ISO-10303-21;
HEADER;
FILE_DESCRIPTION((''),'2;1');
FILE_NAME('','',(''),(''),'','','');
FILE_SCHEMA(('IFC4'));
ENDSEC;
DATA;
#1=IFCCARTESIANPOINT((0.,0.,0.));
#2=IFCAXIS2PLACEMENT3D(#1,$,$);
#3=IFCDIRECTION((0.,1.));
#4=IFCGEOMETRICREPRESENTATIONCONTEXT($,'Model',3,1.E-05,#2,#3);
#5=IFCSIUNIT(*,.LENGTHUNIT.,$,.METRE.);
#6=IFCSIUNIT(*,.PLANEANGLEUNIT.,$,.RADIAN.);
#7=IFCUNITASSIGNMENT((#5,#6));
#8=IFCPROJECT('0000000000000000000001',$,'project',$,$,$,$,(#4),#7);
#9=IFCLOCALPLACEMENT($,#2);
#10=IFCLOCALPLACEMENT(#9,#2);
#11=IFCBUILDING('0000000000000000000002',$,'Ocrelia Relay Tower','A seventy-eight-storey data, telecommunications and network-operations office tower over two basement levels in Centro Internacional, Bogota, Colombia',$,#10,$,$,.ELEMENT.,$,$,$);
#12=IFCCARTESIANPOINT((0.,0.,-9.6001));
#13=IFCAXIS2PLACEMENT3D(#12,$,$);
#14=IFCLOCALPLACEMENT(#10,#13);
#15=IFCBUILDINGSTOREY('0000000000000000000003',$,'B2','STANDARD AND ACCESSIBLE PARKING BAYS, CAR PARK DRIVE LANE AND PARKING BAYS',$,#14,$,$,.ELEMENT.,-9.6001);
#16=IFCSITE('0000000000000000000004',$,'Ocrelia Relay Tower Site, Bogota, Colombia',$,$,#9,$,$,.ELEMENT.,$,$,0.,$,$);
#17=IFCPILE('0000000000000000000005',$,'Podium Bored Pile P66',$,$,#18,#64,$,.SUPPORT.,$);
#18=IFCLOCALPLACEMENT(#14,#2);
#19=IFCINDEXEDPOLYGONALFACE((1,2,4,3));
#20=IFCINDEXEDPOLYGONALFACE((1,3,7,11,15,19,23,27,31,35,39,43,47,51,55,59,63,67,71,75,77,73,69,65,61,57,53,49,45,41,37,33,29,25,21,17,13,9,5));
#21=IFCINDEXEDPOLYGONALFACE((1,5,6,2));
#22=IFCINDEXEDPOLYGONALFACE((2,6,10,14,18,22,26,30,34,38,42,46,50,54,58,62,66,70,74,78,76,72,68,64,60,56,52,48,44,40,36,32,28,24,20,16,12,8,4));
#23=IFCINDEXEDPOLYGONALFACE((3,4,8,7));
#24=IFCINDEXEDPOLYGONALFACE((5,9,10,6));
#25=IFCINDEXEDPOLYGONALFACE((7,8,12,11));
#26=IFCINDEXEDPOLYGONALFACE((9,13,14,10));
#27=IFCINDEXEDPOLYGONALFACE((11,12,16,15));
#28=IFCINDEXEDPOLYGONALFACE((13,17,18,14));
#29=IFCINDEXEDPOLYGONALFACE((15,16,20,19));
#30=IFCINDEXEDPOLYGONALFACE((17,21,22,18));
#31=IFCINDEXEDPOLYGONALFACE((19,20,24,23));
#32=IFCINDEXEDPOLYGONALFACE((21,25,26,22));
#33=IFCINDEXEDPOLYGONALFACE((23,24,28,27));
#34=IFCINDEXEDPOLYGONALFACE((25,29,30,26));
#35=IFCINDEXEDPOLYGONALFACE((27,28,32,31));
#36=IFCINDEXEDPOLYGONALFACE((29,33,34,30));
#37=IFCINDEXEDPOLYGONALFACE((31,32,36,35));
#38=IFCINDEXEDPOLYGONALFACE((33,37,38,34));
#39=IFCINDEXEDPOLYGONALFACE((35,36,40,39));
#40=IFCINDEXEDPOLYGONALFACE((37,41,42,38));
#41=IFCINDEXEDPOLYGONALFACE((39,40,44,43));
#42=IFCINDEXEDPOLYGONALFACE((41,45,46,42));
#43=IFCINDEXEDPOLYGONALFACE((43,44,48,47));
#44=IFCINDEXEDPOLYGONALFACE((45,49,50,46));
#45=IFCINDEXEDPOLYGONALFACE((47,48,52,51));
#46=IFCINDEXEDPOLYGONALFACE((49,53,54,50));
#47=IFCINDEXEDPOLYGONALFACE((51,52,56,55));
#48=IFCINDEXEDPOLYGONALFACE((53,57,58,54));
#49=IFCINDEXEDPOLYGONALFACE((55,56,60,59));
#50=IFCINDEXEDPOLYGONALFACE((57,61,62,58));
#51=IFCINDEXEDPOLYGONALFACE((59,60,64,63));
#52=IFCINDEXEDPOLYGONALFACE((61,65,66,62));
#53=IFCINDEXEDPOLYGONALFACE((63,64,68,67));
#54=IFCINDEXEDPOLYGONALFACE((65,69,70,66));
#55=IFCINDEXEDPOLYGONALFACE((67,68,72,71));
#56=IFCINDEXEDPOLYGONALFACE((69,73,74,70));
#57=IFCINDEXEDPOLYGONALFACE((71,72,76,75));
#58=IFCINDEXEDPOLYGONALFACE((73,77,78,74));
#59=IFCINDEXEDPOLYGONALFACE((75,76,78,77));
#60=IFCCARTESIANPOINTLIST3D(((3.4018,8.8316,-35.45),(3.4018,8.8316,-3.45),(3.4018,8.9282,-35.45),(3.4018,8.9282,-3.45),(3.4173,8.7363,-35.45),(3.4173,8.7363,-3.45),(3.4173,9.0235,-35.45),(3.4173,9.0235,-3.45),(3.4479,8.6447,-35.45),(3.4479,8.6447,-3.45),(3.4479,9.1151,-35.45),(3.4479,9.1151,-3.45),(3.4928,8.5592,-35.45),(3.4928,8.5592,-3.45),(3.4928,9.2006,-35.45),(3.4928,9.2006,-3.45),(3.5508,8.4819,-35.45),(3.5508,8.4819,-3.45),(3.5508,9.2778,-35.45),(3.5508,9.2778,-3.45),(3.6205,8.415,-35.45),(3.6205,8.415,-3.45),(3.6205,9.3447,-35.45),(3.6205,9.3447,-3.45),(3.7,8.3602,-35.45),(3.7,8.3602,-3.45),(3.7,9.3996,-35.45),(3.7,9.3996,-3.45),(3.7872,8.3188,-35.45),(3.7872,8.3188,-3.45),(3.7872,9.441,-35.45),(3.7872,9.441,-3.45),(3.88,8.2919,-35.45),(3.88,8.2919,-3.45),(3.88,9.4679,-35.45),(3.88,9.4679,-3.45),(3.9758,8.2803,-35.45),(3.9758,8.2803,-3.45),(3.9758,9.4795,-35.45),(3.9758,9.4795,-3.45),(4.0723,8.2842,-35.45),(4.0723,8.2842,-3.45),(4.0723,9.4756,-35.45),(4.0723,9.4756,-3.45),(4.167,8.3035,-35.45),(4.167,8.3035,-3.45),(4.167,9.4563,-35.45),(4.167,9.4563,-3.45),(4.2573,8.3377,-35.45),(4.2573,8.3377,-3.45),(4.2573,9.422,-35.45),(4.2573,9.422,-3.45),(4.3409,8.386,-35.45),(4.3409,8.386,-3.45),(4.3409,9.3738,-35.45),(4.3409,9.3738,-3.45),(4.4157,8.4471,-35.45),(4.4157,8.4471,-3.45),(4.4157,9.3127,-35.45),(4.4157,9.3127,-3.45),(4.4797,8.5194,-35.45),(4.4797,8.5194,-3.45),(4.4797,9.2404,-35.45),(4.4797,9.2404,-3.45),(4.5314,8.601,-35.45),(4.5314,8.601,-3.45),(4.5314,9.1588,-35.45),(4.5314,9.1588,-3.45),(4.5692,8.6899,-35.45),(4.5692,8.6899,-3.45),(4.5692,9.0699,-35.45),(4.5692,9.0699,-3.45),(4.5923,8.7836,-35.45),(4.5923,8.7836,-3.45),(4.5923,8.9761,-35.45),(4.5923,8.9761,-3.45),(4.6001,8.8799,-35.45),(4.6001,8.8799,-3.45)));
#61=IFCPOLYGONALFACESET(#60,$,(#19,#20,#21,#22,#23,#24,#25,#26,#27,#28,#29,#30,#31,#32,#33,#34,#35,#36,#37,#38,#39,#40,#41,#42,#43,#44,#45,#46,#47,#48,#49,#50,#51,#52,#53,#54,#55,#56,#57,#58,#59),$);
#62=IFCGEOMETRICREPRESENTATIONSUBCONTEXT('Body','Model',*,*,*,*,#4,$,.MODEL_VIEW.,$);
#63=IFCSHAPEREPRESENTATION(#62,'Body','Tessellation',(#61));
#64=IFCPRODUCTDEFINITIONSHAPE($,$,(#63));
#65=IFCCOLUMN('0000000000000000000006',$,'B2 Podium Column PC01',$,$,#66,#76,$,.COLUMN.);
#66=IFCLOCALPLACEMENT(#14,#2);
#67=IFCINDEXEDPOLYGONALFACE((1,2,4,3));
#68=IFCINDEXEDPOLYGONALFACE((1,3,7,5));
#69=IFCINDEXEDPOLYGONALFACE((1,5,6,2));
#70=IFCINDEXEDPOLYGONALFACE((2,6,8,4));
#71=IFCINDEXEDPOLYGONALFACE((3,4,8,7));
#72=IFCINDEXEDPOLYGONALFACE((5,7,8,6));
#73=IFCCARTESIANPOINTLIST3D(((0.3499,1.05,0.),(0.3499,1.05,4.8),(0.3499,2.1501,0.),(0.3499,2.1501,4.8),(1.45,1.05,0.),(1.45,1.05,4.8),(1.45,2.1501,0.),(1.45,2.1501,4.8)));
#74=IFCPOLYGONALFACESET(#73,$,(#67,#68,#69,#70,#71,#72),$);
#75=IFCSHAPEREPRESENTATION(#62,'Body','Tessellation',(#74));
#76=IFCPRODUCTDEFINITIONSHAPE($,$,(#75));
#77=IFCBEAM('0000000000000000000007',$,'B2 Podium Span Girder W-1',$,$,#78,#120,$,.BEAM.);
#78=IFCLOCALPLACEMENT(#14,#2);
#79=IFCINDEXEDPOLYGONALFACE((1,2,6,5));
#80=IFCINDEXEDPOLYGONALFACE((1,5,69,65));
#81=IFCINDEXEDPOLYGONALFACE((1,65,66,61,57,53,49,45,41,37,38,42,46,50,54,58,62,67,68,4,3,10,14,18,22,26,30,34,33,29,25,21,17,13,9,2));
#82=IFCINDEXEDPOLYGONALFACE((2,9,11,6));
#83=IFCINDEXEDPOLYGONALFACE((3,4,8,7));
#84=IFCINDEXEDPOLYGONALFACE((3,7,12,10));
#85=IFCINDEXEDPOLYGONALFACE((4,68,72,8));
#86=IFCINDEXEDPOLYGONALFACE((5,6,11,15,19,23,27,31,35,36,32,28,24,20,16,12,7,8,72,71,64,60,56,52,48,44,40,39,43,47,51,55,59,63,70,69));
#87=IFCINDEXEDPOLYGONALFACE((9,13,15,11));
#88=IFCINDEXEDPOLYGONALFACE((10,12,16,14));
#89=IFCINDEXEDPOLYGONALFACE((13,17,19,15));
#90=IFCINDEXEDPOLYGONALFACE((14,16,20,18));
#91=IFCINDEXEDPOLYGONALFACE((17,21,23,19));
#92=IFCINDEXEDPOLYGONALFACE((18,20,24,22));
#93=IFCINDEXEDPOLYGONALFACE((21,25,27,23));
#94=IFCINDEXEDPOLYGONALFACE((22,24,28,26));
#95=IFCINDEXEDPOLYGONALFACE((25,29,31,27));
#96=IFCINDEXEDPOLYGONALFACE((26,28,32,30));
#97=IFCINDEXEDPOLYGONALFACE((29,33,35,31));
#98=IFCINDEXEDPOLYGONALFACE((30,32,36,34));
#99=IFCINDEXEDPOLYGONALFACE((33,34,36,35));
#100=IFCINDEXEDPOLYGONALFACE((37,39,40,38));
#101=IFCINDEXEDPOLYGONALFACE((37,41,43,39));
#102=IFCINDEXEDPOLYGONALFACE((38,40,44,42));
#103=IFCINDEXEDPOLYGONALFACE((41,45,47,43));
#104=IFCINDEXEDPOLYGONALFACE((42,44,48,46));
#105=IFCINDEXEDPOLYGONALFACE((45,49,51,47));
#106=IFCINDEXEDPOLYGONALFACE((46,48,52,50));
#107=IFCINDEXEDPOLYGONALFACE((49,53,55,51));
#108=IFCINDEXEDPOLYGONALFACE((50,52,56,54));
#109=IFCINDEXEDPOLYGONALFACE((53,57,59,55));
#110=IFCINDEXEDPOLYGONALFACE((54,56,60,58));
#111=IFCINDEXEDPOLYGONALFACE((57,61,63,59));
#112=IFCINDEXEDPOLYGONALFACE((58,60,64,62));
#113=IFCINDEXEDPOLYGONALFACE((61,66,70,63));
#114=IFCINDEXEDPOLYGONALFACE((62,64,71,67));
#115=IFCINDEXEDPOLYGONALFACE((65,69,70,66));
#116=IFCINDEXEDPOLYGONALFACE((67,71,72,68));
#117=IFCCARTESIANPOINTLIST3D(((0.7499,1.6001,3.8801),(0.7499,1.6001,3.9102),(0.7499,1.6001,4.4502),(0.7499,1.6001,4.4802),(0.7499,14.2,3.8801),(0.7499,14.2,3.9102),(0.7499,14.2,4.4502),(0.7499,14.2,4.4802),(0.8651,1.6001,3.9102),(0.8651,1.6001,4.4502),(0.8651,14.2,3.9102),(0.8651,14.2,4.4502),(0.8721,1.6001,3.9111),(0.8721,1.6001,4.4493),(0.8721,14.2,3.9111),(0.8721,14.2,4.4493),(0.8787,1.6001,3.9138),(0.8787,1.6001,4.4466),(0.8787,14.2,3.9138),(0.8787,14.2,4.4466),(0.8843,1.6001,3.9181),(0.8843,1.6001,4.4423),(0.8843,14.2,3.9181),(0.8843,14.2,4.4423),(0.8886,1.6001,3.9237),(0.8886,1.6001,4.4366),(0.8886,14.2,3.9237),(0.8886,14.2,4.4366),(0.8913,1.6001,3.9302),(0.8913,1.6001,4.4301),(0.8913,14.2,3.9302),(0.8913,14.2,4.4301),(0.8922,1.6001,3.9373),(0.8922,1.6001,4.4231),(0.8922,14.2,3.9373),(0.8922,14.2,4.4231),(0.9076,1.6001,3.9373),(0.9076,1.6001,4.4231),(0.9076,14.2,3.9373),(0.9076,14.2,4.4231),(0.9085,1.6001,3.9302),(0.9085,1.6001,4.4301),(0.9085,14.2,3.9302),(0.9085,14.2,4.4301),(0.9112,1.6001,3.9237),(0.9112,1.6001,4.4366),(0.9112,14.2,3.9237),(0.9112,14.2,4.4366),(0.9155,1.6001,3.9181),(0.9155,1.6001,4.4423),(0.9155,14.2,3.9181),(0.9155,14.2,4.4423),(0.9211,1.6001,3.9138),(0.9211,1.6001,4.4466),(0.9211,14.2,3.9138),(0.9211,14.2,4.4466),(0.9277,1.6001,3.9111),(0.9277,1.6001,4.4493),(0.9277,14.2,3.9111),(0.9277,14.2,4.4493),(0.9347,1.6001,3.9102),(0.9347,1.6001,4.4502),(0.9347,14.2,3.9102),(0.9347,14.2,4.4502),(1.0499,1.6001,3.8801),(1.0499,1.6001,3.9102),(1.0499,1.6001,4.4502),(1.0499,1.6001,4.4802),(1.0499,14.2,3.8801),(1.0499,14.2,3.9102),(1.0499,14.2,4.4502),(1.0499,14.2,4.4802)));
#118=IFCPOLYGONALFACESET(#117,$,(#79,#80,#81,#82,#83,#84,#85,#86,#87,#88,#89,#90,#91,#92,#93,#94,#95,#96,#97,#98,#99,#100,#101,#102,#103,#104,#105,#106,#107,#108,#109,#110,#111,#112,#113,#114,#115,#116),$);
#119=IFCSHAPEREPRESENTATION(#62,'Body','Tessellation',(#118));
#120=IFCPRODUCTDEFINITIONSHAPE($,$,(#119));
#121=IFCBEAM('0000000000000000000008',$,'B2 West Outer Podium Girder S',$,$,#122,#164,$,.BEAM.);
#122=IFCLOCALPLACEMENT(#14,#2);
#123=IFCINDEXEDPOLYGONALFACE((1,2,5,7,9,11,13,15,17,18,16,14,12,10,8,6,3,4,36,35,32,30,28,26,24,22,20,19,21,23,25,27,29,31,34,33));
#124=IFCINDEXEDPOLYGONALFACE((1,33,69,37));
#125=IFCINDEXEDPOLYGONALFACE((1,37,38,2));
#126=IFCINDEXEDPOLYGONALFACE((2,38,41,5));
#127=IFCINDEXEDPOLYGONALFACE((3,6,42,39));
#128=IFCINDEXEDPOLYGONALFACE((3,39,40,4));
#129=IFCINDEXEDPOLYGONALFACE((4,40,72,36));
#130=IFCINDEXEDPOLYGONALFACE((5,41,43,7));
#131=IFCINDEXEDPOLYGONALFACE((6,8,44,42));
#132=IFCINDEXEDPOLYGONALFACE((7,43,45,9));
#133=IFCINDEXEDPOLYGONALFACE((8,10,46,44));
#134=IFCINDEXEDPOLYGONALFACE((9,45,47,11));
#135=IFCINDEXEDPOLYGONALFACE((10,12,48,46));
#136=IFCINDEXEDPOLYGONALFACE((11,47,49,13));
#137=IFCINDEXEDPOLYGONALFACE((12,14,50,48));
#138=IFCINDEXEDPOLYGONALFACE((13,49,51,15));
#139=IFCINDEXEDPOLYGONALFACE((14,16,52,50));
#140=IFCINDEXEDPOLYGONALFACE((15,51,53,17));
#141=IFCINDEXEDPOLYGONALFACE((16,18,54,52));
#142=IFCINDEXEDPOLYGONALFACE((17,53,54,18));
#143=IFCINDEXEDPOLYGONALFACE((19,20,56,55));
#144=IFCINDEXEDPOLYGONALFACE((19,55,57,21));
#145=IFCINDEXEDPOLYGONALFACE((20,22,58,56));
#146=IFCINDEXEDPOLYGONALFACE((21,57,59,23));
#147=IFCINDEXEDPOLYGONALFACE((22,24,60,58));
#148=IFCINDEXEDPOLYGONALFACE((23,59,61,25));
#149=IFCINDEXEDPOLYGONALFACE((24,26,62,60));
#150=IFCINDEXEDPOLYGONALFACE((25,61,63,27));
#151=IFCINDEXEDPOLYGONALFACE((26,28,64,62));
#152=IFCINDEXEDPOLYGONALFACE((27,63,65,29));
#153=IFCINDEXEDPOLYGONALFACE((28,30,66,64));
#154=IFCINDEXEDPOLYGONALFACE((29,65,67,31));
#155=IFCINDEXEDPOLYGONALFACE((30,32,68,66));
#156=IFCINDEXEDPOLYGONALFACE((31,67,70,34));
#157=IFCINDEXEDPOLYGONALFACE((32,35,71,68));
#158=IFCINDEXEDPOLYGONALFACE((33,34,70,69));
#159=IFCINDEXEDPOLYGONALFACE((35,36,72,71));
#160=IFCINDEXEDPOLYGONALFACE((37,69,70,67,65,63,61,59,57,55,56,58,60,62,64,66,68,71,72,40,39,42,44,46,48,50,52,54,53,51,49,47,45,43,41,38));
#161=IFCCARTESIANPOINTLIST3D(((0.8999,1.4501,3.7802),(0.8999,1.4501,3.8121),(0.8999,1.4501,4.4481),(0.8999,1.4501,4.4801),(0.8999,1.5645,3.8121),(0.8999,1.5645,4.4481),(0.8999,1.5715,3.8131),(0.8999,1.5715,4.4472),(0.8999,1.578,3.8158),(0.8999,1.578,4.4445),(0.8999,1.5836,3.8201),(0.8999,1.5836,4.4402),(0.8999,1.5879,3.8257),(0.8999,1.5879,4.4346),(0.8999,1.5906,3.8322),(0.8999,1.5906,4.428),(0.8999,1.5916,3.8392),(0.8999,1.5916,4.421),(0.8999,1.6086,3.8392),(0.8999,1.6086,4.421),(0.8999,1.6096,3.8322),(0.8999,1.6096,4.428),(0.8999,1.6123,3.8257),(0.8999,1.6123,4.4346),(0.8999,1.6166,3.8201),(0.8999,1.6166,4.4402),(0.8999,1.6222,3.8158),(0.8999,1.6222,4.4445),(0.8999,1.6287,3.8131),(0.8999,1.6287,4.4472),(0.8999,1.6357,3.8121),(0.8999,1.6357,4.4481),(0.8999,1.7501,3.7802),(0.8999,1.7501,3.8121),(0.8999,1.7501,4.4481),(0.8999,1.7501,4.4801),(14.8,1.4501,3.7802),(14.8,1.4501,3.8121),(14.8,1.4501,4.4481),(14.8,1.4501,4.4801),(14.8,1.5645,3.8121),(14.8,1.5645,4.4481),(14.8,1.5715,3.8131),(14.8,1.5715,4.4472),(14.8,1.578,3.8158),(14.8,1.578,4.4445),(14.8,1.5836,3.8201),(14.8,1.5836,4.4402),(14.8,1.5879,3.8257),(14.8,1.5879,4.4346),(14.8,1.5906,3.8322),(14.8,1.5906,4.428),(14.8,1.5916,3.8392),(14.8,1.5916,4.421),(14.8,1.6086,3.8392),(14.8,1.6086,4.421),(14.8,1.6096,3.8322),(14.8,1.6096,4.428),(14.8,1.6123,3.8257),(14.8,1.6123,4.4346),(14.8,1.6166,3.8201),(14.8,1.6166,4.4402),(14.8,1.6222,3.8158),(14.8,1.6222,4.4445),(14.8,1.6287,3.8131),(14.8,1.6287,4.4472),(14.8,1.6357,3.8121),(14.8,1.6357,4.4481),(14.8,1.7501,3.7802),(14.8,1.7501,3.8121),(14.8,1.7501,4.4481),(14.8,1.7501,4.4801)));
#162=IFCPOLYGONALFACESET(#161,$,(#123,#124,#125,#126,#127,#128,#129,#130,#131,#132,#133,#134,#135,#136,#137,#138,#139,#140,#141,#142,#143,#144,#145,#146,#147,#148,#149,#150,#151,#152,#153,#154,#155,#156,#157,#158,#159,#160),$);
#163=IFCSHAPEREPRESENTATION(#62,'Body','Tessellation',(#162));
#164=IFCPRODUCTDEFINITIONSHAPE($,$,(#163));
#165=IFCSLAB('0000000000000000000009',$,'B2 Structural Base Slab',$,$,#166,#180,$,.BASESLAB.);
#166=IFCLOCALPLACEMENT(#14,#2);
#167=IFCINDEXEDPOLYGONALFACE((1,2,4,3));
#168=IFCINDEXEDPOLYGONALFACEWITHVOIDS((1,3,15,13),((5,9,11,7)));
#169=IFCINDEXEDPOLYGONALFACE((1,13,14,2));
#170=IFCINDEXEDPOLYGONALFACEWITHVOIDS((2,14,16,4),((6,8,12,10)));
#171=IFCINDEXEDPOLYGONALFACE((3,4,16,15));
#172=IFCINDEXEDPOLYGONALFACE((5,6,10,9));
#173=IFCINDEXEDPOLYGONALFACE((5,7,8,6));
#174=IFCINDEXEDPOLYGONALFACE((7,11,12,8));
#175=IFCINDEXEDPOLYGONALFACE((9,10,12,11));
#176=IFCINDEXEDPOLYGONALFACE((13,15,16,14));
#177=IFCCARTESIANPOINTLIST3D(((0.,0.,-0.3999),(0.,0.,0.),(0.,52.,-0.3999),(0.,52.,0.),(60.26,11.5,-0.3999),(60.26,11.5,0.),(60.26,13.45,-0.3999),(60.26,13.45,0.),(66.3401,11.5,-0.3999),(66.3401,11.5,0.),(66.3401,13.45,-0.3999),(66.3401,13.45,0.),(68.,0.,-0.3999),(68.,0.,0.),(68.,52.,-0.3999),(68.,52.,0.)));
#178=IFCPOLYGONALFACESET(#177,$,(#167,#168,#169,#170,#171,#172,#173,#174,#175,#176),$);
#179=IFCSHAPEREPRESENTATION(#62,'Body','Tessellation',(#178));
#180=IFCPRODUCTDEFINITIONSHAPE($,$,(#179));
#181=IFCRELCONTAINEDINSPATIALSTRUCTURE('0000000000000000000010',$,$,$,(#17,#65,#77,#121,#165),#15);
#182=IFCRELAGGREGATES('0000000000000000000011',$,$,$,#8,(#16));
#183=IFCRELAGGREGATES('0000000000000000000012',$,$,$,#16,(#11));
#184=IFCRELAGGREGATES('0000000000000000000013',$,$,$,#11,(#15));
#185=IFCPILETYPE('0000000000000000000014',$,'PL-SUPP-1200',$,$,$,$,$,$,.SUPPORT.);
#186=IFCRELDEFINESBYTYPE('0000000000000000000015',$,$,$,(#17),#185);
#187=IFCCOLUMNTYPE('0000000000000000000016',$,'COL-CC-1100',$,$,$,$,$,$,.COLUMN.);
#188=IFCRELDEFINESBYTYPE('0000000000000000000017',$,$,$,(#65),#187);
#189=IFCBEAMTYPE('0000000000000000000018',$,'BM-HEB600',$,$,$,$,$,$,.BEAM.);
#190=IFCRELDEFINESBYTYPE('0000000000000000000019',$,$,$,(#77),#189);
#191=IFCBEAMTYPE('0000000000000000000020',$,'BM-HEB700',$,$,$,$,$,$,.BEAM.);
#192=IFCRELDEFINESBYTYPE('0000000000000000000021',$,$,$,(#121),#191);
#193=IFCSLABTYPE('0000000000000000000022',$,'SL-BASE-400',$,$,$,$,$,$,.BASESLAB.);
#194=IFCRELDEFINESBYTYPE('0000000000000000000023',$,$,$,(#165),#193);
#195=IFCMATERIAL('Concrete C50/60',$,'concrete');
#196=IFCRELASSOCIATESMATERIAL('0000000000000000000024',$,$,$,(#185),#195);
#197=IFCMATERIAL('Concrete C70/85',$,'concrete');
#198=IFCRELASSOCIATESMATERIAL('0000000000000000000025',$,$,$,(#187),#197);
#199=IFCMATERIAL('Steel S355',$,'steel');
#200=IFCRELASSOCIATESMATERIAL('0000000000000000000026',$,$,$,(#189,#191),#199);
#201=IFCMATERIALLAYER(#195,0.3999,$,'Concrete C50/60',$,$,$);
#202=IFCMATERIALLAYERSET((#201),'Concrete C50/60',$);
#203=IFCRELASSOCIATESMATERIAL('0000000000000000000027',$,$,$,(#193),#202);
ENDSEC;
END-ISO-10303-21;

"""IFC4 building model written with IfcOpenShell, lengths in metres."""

from ifc_helpers import new_model, si_unit, direction, frame, origin, origin_2d, place, context, subcontext, project, spatial, polyline, rectangle, circle, i_section, outline, extrude, material, layer, layer_set, material_profile, profile_set, type_object, element, save


model = new_model("IFC4")

# Units and contexts
model_context = context("Model", 3, precision=1e-05, world=origin(), true_north=direction((0.0, 1.0)))
body_context = subcontext(model_context, "Body", "Model", "MODEL_VIEW")
ifc_project = project(units=[si_unit("LENGTHUNIT", "METRE"), si_unit("PLANEANGLEUNIT", "RADIAN")], contexts=[model_context])

# Site, building, storey
site_placement = place(None, origin())
site = spatial("IfcSite", under=ifc_project, at=site_placement, Name="Ocrelia Relay Tower Site, Bogota, Colombia", CompositionType="ELEMENT", RefElevation=0.0)
building_placement = place(site_placement, origin())
building = spatial("IfcBuilding", under=site, at=building_placement, Name="Ocrelia Relay Tower", Description="A seventy-eight-storey data, telecommunications and network-operations office tower over two basement levels in Centro Internacional, Bogota, Colombia", CompositionType="ELEMENT")
storey_placement = place(building_placement, frame((0.0, 0.0, -9.6001)))
storey = spatial("IfcBuildingStorey", under=building, at=storey_placement, Name="B2", Description="STANDARD AND ACCESSIBLE PARKING BAYS, CAR PARK DRIVE LANE AND PARKING BAYS", CompositionType="ELEMENT", Elevation=-9.6001)

# Shared definitions
ifc_material_1 = material(Name="Concrete C50/60", Category="concrete")

# Pile
ifc_material_profile_1 = material_profile(ifc_material_1, circle(Radius=0.6001, at=origin_2d()), Name="PILE-1200")
ifc_profile_set_1 = profile_set([ifc_material_profile_1], Name="Concrete C50/60")
pile_type_1 = type_object("IfcPileType", Name="PL-SUPP-1200", PredefinedType="SUPPORT", material=ifc_profile_set_1)
for number, where, z_axis, x_axis, name in (
    (1, (4.0, 8.8799, -3.45), (0.0, 0.0, -1.0), (1.0, 0.0, 0.0), "Podium Bored Pile P66"),
):
    element("IfcPile", number, at=place(storey_placement, frame(where, z_axis=z_axis, x_axis=x_axis)), inside=storey, type_object=pile_type_1, Name=name, PredefinedType="SUPPORT", context=body_context, shape_type="SweptSolid", body=[
        extrude(circle(Radius=0.6001, at=origin_2d()), origin(), (0.0, 0.0, 1.0), 32.0),
    ])

# Column
ifc_material_2 = material(Name="Concrete C70/85", Category="concrete")
ifc_material_profile_2 = material_profile(ifc_material_2, rectangle(XDim=1.1001, YDim=1.1001, at=origin_2d()), Name="RC-COL-1100x1100")
ifc_profile_set_2 = profile_set([ifc_material_profile_2], Name="Concrete C70/85")
column_type = type_object("IfcColumnType", Name="COL-CC-1100", PredefinedType="COLUMN", material=ifc_profile_set_2)
column_placement = place(storey_placement, frame((0.8999, 1.6001, 0.0), z_axis=(0.0, 0.0, 1.0), x_axis=(1.0, 0.0, 0.0)))
element("IfcColumn", 2, at=column_placement, inside=storey, type_object=column_type, Name="B2 Podium Column PC01", PredefinedType="COLUMN", context=body_context, shape_type="SweptSolid", body=[
    extrude(rectangle(XDim=1.1001, YDim=1.1001, at=origin_2d()), origin(), (0.0, 0.0, 1.0), 4.8),
])

# Beams
ifc_material_3 = material(Name="Steel S355", Category="steel")
ifc_material_profile_3 = material_profile(ifc_material_3, i_section(OverallWidth=0.3, OverallDepth=0.6001, WebThickness=0.0154, FlangeThickness=0.03, FilletRadius=0.0271, at=origin_2d()), Name="HEB 600")
ifc_profile_set_3 = profile_set([ifc_material_profile_3], Name="Steel S355")
beam_type_1 = type_object("IfcBeamType", Name="BM-HEB600", PredefinedType="BEAM", material=ifc_profile_set_3)
beam_1_placement = place(storey_placement, frame((0.8999, 1.6001, 4.1802), z_axis=(0.0, 1.0, 0.0), x_axis=(-1.0, 0.0, 0.0)))
element("IfcBeam", 3, at=beam_1_placement, inside=storey, type_object=beam_type_1, Name="B2 Podium Span Girder W-1", PredefinedType="BEAM", context=body_context, shape_type="SweptSolid", body=[
    extrude(i_section(OverallWidth=0.3, OverallDepth=0.6001, WebThickness=0.0154, FlangeThickness=0.03, FilletRadius=0.0271, at=origin_2d()), origin(), (0.0, 0.0, 1.0), 12.5999),
])
ifc_material_profile_4 = material_profile(ifc_material_3, i_section(OverallWidth=0.3, OverallDepth=0.7, WebThickness=0.0171, FlangeThickness=0.032, FilletRadius=0.0271, at=origin_2d()), Name="HEB 700")
ifc_profile_set_4 = profile_set([ifc_material_profile_4], Name="Steel S355")
beam_type_2 = type_object("IfcBeamType", Name="BM-HEB700", PredefinedType="BEAM", material=ifc_profile_set_4)
beam_2_placement = place(storey_placement, frame((0.8999, 1.6001, 4.1301), z_axis=(1.0, 0.0, 0.0), x_axis=(0.0, 1.0, 0.0)))
element("IfcBeam", 4, at=beam_2_placement, inside=storey, type_object=beam_type_2, Name="B2 West Outer Podium Girder S", PredefinedType="BEAM", context=body_context, shape_type="SweptSolid", body=[
    extrude(i_section(OverallWidth=0.3, OverallDepth=0.7, WebThickness=0.0171, FlangeThickness=0.032, FilletRadius=0.0271, at=origin_2d()), origin(), (0.0, 0.0, 1.0), 13.9001),
])

# Slab
ifc_layer_1 = layer(ifc_material_1, 0.3999, Name="Concrete C50/60")
ifc_layer_set_1 = layer_set([ifc_layer_1], Name="Concrete C50/60")
slab_type_1 = type_object("IfcSlabType", Name="SL-BASE-400", PredefinedType="BASESLAB", material=ifc_layer_set_1)
slab_1_placement = place(storey_placement, frame((0.0, 0.0, -0.3999)))
element("IfcSlab", 5, at=slab_1_placement, inside=storey, type_object=slab_type_1, Name="B2 Structural Base Slab", PredefinedType="BASESLAB", context=body_context, shape_type="SweptSolid", body=[
    extrude(outline(polyline([(0.0, 0.0), (68.0, 0.0), (68.0, 52.0), (0.0, 52.0), (0.0, 0.0)]), holes=[polyline([(60.26, 11.5), (66.3401, 11.5), (66.3401, 13.45), (60.26, 13.45), (60.26, 11.5)])]), origin(), (0.0, 0.0, 1.0), 0.3999),
])

save(model, "model.ifc")
